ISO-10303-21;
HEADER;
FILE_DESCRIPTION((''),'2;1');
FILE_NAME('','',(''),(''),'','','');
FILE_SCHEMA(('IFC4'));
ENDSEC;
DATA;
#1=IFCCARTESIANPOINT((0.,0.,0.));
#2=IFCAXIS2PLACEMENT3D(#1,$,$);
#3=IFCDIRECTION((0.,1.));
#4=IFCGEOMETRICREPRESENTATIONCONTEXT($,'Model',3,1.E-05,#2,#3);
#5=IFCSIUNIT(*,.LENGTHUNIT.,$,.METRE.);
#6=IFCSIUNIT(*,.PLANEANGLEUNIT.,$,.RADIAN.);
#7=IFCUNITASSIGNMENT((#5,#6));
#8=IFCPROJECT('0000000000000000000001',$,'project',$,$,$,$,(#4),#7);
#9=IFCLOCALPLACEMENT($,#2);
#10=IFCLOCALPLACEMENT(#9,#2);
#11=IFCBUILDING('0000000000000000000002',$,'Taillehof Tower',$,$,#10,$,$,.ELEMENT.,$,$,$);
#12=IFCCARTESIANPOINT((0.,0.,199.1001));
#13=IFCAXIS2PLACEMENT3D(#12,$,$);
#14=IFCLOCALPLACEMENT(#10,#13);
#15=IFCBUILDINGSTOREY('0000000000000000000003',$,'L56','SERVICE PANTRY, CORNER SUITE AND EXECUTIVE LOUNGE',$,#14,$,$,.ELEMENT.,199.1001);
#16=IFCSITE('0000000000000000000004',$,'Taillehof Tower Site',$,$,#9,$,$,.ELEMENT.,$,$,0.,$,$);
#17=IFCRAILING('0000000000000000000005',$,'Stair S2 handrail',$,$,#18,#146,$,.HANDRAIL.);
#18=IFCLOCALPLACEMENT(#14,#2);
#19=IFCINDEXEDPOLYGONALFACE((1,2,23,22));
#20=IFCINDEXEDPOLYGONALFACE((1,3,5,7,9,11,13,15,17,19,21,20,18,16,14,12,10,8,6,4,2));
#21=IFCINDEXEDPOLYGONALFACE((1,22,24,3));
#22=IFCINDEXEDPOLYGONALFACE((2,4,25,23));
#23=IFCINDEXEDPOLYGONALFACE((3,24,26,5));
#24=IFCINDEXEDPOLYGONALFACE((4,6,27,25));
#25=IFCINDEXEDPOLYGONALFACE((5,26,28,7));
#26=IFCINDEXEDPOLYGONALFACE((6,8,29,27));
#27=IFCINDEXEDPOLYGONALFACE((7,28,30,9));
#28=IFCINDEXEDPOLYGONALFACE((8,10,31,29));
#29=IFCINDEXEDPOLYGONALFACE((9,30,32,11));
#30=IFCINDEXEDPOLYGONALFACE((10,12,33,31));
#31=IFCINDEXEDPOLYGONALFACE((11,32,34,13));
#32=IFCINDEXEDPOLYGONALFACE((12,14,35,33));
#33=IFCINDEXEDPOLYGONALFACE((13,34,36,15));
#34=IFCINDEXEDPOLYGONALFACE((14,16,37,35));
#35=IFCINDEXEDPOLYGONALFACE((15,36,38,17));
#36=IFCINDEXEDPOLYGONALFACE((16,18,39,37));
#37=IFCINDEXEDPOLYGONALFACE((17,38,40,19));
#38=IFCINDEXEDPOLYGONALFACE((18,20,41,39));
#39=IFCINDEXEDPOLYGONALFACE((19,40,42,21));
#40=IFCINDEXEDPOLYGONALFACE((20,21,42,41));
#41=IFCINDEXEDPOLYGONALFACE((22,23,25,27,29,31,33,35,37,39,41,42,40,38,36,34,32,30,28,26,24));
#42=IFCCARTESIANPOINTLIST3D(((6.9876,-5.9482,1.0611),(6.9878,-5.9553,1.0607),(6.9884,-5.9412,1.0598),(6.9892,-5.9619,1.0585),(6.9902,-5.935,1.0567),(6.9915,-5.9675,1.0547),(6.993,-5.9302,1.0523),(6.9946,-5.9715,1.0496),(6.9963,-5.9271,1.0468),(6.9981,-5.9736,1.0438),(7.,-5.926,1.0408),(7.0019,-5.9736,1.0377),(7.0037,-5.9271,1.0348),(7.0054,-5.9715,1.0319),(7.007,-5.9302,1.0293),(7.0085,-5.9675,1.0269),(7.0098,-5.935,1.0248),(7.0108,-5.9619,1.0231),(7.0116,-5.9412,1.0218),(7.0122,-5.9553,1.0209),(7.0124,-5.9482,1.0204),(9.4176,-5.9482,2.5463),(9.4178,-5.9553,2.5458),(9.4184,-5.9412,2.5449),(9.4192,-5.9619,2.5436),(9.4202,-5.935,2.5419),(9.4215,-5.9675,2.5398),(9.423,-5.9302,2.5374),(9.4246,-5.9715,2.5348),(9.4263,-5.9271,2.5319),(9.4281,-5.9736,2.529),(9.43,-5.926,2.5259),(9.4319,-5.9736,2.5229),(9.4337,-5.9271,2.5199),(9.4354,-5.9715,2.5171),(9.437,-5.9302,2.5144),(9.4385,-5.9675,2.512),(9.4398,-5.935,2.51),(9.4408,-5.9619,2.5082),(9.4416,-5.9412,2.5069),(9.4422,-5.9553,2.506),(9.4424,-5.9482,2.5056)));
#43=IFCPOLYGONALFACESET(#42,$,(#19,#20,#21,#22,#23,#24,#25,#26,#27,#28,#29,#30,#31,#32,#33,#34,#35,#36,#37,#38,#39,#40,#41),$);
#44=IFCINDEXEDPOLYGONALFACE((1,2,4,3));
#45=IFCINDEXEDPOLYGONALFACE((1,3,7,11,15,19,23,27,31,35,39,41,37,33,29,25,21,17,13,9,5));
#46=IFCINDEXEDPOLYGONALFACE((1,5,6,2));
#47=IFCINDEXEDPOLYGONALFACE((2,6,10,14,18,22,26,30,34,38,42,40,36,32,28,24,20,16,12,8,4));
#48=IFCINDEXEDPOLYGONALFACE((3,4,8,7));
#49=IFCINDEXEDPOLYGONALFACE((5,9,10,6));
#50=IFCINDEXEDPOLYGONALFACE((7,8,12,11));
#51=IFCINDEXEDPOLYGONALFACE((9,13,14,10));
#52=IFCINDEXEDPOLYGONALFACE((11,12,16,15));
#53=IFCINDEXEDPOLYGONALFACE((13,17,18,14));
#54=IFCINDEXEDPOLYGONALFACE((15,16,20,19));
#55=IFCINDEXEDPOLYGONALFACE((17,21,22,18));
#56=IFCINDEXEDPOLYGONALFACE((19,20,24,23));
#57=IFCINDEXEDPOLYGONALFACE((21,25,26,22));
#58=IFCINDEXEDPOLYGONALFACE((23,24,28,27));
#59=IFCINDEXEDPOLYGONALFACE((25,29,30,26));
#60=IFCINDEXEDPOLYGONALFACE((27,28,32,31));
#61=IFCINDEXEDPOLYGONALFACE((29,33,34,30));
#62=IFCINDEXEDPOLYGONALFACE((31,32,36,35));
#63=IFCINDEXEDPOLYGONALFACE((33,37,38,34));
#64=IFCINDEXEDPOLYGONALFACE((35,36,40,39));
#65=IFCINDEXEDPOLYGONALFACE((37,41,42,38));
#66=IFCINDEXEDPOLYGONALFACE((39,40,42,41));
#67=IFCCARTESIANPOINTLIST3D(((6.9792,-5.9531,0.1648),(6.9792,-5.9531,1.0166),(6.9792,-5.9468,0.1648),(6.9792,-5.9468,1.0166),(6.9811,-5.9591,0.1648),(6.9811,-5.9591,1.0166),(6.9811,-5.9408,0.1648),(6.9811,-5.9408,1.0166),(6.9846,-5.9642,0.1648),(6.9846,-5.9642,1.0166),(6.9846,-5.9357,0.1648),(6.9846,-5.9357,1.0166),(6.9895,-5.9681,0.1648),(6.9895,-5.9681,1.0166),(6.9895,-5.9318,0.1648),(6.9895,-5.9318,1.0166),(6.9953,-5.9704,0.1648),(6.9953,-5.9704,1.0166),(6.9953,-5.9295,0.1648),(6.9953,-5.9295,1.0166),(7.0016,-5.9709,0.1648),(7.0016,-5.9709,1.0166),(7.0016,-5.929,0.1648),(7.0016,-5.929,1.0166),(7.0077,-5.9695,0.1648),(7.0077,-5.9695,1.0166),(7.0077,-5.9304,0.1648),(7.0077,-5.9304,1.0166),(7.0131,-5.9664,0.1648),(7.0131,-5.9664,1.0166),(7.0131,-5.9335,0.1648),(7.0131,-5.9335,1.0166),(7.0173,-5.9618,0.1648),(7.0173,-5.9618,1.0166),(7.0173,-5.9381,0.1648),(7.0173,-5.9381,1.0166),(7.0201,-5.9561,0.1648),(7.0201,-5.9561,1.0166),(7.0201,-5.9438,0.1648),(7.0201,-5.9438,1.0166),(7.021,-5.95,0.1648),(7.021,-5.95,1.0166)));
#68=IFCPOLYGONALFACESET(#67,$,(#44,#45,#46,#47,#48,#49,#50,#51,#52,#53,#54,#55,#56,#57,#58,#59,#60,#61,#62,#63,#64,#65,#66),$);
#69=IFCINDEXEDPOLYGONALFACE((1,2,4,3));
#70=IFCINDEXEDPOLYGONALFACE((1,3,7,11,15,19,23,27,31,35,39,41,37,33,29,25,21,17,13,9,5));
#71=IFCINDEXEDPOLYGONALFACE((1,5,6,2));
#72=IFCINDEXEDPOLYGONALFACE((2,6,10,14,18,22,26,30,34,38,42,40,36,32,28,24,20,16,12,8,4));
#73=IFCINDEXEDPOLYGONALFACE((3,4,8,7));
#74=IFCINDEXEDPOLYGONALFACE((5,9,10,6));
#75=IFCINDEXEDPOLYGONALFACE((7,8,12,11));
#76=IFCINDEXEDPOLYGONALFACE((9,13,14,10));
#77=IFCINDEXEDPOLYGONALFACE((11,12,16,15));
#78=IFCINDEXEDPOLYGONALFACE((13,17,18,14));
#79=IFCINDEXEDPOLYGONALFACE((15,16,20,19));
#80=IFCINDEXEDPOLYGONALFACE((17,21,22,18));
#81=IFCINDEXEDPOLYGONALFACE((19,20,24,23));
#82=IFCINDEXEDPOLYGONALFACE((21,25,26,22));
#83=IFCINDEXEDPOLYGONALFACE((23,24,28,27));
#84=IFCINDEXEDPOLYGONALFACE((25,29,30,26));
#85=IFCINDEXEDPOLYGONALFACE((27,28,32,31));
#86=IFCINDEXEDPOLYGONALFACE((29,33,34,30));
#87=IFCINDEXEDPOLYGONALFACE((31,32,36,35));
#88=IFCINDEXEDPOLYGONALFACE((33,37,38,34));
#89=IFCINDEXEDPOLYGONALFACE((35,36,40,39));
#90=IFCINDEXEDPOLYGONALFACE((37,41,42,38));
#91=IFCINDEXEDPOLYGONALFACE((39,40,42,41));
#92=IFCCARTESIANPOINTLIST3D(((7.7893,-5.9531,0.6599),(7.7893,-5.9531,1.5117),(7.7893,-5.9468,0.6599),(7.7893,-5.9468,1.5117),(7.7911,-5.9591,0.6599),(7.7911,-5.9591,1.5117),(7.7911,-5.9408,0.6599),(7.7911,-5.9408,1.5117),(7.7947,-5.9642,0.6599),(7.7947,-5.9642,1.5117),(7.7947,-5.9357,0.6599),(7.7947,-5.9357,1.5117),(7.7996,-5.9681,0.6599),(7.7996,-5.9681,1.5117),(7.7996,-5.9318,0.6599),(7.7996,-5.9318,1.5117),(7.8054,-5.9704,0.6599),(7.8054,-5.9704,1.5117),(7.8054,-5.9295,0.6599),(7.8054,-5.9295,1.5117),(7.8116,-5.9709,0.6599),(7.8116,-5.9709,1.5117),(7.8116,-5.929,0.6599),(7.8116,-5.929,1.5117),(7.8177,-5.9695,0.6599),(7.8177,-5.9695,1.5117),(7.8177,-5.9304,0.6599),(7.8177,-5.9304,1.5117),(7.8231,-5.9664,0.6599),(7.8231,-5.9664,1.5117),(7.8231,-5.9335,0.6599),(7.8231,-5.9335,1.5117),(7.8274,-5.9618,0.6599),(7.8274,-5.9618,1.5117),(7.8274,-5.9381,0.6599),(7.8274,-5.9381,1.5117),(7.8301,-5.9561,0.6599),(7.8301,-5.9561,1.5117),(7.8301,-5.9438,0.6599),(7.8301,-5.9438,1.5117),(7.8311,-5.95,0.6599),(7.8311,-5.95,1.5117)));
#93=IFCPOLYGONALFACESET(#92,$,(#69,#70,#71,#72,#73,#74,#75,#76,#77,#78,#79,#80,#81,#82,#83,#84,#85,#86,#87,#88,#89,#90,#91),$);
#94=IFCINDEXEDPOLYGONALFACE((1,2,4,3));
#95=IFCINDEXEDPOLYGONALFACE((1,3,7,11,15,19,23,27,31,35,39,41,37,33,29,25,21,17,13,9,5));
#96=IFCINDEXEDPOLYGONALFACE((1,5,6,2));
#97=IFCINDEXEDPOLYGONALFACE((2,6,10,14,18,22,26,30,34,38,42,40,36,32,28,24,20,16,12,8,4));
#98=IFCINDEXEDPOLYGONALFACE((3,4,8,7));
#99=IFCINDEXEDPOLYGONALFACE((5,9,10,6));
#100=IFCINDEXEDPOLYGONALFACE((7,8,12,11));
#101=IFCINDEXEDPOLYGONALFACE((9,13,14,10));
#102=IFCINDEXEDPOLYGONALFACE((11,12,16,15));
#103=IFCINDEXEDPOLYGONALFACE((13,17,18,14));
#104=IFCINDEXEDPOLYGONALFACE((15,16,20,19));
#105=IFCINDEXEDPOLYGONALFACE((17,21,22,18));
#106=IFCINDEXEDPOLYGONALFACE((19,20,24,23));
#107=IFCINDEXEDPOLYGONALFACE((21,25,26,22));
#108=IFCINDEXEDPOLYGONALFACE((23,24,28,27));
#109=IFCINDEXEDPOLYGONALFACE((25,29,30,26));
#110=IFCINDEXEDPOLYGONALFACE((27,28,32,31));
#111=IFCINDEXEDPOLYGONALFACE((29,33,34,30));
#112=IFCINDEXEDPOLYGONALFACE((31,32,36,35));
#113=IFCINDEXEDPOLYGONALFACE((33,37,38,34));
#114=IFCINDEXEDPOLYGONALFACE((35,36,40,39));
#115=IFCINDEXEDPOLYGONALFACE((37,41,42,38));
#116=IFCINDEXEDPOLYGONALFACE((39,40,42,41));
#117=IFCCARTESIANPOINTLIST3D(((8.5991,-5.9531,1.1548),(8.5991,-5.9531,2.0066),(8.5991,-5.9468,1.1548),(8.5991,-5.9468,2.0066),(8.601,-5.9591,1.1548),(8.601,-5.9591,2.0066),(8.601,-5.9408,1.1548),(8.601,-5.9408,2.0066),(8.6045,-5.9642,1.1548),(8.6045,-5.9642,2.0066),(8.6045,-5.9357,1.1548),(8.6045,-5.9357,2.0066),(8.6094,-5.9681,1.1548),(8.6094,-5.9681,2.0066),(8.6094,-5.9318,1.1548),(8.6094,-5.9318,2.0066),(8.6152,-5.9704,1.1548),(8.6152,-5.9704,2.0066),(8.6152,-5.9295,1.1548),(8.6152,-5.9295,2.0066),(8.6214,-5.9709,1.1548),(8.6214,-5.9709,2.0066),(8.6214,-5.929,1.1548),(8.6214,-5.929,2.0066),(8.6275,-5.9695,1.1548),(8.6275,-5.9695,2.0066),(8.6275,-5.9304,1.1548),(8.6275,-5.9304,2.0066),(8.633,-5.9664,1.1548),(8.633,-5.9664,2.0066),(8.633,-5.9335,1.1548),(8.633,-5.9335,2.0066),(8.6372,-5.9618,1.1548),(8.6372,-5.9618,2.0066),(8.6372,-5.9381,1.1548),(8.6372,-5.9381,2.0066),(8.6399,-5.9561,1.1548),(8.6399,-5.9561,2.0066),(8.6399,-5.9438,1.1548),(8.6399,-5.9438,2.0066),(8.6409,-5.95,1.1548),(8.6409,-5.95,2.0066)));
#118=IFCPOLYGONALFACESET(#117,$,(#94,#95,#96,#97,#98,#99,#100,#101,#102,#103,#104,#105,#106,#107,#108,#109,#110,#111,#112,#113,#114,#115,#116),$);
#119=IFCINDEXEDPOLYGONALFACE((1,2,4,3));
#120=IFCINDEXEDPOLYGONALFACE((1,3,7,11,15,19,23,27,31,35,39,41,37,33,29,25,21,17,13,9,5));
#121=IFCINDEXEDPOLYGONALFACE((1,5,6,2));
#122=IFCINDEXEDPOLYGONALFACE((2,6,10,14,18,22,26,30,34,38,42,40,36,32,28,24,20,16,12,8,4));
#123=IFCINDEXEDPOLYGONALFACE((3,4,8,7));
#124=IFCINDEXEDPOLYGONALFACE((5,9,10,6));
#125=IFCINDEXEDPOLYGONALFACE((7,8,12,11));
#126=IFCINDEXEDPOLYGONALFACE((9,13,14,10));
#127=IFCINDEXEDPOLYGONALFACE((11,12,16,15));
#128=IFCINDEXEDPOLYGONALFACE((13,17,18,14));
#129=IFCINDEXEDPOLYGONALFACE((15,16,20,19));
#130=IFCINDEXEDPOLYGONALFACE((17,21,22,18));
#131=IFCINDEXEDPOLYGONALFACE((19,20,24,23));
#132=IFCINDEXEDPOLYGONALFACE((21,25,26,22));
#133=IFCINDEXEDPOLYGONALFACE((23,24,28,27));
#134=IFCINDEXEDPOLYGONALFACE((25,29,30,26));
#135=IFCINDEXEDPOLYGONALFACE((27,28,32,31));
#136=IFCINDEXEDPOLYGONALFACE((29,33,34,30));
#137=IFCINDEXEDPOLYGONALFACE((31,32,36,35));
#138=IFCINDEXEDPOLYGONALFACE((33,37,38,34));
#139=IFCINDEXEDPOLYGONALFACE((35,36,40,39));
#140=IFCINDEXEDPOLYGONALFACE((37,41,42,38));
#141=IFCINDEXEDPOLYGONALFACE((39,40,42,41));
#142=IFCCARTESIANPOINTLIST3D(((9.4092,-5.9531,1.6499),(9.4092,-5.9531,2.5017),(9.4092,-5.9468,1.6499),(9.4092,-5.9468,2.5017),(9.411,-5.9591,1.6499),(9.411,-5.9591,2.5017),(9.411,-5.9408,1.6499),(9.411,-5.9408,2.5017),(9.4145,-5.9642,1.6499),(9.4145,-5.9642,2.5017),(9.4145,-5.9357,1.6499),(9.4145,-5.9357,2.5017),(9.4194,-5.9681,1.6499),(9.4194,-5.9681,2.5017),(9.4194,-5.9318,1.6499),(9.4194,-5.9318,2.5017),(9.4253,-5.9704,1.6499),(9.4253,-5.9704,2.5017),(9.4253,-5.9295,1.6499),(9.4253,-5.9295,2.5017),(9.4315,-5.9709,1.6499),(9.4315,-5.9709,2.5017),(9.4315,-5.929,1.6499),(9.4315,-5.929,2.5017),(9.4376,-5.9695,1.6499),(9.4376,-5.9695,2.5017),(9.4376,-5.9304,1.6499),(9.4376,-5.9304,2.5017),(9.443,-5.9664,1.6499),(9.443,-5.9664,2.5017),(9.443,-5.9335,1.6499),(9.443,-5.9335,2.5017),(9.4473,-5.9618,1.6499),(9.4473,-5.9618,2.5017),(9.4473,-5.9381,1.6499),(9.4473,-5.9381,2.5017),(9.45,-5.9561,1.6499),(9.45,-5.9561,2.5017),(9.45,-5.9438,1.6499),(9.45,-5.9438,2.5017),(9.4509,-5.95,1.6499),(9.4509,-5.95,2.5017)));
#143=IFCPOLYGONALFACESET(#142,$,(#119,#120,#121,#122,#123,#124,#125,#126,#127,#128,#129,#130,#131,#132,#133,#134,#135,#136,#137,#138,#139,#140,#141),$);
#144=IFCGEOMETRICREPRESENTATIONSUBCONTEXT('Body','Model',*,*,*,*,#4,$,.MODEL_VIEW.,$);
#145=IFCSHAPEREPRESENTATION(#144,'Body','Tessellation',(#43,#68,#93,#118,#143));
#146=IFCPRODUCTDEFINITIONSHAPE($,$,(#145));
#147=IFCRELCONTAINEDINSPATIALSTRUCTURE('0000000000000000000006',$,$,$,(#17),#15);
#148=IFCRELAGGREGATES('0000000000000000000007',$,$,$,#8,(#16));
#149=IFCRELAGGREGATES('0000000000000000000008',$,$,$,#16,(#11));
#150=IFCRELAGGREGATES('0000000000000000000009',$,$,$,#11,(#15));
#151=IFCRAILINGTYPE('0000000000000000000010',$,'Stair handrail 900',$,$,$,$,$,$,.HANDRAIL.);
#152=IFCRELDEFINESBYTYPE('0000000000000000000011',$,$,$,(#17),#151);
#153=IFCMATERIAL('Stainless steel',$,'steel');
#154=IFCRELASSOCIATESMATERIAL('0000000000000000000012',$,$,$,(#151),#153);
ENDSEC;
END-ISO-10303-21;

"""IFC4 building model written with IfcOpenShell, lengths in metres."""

from ifc_helpers import new_model, si_unit, direction, frame, origin, origin_2d, place, context, subcontext, project, spatial, circle, extrude, material, type_object, element, save


model = new_model("IFC4")

# Units and contexts
model_context = context("Model", 3, precision=1e-05, world=origin(), true_north=direction((0.0, 1.0)))
body_context = subcontext(model_context, "Body", "Model", "MODEL_VIEW")
ifc_project = project(units=[si_unit("LENGTHUNIT", "METRE"), si_unit("PLANEANGLEUNIT", "RADIAN")], contexts=[model_context])

# Site, building, storey
site_placement = place(None, origin())
site = spatial("IfcSite", under=ifc_project, at=site_placement, Name="Taillehof Tower Site", CompositionType="ELEMENT", RefElevation=0.0)
building_placement = place(site_placement, origin())
building = spatial("IfcBuilding", under=site, at=building_placement, Name="Taillehof Tower", CompositionType="ELEMENT")
storey_placement = place(building_placement, frame((0.0, 0.0, 199.1001)))
storey = spatial("IfcBuildingStorey", under=building, at=storey_placement, Name="L56", Description="SERVICE PANTRY, CORNER SUITE AND EXECUTIVE LOUNGE", CompositionType="ELEMENT", Elevation=199.1001)

# Railing
ifc_material_1 = material(Name="Stainless steel", Category="steel")
railing_type = type_object("IfcRailingType", Name="Stair handrail 900", PredefinedType="HANDRAIL", material=ifc_material_1)
railing_1_placement = place(storey_placement, frame((7.0, -5.95, 0.1648)))
element("IfcRailing", 1, at=railing_1_placement, inside=storey, type_object=railing_type, Name="Stair S2 handrail", PredefinedType="HANDRAIL", context=body_context, shape_type="SweptSolid", body=[
    extrude(circle(Radius=0.0239, at=origin_2d()), frame((0.0, 0.0, 0.876), z_axis=(0.853259, 0.0, 0.521488), x_axis=(0.0, 1.0, 0.0)), (0.0, 0.0, 1.0), 2.8479),
    extrude(circle(Radius=0.021, at=origin_2d()), origin(), (0.0, 0.0, 1.0), 0.8518),
    extrude(circle(Radius=0.021, at=origin_2d()), frame((0.8101, 0.0, 0.4951)), (0.0, 0.0, 1.0), 0.8518),
    extrude(circle(Radius=0.021, at=origin_2d()), frame((1.6199, 0.0, 0.99)), (0.0, 0.0, 1.0), 0.8518),
    extrude(circle(Radius=0.021, at=origin_2d()), frame((2.4299, 0.0, 1.4851)), (0.0, 0.0, 1.0), 0.8518),
])

save(model, "model.ifc")
